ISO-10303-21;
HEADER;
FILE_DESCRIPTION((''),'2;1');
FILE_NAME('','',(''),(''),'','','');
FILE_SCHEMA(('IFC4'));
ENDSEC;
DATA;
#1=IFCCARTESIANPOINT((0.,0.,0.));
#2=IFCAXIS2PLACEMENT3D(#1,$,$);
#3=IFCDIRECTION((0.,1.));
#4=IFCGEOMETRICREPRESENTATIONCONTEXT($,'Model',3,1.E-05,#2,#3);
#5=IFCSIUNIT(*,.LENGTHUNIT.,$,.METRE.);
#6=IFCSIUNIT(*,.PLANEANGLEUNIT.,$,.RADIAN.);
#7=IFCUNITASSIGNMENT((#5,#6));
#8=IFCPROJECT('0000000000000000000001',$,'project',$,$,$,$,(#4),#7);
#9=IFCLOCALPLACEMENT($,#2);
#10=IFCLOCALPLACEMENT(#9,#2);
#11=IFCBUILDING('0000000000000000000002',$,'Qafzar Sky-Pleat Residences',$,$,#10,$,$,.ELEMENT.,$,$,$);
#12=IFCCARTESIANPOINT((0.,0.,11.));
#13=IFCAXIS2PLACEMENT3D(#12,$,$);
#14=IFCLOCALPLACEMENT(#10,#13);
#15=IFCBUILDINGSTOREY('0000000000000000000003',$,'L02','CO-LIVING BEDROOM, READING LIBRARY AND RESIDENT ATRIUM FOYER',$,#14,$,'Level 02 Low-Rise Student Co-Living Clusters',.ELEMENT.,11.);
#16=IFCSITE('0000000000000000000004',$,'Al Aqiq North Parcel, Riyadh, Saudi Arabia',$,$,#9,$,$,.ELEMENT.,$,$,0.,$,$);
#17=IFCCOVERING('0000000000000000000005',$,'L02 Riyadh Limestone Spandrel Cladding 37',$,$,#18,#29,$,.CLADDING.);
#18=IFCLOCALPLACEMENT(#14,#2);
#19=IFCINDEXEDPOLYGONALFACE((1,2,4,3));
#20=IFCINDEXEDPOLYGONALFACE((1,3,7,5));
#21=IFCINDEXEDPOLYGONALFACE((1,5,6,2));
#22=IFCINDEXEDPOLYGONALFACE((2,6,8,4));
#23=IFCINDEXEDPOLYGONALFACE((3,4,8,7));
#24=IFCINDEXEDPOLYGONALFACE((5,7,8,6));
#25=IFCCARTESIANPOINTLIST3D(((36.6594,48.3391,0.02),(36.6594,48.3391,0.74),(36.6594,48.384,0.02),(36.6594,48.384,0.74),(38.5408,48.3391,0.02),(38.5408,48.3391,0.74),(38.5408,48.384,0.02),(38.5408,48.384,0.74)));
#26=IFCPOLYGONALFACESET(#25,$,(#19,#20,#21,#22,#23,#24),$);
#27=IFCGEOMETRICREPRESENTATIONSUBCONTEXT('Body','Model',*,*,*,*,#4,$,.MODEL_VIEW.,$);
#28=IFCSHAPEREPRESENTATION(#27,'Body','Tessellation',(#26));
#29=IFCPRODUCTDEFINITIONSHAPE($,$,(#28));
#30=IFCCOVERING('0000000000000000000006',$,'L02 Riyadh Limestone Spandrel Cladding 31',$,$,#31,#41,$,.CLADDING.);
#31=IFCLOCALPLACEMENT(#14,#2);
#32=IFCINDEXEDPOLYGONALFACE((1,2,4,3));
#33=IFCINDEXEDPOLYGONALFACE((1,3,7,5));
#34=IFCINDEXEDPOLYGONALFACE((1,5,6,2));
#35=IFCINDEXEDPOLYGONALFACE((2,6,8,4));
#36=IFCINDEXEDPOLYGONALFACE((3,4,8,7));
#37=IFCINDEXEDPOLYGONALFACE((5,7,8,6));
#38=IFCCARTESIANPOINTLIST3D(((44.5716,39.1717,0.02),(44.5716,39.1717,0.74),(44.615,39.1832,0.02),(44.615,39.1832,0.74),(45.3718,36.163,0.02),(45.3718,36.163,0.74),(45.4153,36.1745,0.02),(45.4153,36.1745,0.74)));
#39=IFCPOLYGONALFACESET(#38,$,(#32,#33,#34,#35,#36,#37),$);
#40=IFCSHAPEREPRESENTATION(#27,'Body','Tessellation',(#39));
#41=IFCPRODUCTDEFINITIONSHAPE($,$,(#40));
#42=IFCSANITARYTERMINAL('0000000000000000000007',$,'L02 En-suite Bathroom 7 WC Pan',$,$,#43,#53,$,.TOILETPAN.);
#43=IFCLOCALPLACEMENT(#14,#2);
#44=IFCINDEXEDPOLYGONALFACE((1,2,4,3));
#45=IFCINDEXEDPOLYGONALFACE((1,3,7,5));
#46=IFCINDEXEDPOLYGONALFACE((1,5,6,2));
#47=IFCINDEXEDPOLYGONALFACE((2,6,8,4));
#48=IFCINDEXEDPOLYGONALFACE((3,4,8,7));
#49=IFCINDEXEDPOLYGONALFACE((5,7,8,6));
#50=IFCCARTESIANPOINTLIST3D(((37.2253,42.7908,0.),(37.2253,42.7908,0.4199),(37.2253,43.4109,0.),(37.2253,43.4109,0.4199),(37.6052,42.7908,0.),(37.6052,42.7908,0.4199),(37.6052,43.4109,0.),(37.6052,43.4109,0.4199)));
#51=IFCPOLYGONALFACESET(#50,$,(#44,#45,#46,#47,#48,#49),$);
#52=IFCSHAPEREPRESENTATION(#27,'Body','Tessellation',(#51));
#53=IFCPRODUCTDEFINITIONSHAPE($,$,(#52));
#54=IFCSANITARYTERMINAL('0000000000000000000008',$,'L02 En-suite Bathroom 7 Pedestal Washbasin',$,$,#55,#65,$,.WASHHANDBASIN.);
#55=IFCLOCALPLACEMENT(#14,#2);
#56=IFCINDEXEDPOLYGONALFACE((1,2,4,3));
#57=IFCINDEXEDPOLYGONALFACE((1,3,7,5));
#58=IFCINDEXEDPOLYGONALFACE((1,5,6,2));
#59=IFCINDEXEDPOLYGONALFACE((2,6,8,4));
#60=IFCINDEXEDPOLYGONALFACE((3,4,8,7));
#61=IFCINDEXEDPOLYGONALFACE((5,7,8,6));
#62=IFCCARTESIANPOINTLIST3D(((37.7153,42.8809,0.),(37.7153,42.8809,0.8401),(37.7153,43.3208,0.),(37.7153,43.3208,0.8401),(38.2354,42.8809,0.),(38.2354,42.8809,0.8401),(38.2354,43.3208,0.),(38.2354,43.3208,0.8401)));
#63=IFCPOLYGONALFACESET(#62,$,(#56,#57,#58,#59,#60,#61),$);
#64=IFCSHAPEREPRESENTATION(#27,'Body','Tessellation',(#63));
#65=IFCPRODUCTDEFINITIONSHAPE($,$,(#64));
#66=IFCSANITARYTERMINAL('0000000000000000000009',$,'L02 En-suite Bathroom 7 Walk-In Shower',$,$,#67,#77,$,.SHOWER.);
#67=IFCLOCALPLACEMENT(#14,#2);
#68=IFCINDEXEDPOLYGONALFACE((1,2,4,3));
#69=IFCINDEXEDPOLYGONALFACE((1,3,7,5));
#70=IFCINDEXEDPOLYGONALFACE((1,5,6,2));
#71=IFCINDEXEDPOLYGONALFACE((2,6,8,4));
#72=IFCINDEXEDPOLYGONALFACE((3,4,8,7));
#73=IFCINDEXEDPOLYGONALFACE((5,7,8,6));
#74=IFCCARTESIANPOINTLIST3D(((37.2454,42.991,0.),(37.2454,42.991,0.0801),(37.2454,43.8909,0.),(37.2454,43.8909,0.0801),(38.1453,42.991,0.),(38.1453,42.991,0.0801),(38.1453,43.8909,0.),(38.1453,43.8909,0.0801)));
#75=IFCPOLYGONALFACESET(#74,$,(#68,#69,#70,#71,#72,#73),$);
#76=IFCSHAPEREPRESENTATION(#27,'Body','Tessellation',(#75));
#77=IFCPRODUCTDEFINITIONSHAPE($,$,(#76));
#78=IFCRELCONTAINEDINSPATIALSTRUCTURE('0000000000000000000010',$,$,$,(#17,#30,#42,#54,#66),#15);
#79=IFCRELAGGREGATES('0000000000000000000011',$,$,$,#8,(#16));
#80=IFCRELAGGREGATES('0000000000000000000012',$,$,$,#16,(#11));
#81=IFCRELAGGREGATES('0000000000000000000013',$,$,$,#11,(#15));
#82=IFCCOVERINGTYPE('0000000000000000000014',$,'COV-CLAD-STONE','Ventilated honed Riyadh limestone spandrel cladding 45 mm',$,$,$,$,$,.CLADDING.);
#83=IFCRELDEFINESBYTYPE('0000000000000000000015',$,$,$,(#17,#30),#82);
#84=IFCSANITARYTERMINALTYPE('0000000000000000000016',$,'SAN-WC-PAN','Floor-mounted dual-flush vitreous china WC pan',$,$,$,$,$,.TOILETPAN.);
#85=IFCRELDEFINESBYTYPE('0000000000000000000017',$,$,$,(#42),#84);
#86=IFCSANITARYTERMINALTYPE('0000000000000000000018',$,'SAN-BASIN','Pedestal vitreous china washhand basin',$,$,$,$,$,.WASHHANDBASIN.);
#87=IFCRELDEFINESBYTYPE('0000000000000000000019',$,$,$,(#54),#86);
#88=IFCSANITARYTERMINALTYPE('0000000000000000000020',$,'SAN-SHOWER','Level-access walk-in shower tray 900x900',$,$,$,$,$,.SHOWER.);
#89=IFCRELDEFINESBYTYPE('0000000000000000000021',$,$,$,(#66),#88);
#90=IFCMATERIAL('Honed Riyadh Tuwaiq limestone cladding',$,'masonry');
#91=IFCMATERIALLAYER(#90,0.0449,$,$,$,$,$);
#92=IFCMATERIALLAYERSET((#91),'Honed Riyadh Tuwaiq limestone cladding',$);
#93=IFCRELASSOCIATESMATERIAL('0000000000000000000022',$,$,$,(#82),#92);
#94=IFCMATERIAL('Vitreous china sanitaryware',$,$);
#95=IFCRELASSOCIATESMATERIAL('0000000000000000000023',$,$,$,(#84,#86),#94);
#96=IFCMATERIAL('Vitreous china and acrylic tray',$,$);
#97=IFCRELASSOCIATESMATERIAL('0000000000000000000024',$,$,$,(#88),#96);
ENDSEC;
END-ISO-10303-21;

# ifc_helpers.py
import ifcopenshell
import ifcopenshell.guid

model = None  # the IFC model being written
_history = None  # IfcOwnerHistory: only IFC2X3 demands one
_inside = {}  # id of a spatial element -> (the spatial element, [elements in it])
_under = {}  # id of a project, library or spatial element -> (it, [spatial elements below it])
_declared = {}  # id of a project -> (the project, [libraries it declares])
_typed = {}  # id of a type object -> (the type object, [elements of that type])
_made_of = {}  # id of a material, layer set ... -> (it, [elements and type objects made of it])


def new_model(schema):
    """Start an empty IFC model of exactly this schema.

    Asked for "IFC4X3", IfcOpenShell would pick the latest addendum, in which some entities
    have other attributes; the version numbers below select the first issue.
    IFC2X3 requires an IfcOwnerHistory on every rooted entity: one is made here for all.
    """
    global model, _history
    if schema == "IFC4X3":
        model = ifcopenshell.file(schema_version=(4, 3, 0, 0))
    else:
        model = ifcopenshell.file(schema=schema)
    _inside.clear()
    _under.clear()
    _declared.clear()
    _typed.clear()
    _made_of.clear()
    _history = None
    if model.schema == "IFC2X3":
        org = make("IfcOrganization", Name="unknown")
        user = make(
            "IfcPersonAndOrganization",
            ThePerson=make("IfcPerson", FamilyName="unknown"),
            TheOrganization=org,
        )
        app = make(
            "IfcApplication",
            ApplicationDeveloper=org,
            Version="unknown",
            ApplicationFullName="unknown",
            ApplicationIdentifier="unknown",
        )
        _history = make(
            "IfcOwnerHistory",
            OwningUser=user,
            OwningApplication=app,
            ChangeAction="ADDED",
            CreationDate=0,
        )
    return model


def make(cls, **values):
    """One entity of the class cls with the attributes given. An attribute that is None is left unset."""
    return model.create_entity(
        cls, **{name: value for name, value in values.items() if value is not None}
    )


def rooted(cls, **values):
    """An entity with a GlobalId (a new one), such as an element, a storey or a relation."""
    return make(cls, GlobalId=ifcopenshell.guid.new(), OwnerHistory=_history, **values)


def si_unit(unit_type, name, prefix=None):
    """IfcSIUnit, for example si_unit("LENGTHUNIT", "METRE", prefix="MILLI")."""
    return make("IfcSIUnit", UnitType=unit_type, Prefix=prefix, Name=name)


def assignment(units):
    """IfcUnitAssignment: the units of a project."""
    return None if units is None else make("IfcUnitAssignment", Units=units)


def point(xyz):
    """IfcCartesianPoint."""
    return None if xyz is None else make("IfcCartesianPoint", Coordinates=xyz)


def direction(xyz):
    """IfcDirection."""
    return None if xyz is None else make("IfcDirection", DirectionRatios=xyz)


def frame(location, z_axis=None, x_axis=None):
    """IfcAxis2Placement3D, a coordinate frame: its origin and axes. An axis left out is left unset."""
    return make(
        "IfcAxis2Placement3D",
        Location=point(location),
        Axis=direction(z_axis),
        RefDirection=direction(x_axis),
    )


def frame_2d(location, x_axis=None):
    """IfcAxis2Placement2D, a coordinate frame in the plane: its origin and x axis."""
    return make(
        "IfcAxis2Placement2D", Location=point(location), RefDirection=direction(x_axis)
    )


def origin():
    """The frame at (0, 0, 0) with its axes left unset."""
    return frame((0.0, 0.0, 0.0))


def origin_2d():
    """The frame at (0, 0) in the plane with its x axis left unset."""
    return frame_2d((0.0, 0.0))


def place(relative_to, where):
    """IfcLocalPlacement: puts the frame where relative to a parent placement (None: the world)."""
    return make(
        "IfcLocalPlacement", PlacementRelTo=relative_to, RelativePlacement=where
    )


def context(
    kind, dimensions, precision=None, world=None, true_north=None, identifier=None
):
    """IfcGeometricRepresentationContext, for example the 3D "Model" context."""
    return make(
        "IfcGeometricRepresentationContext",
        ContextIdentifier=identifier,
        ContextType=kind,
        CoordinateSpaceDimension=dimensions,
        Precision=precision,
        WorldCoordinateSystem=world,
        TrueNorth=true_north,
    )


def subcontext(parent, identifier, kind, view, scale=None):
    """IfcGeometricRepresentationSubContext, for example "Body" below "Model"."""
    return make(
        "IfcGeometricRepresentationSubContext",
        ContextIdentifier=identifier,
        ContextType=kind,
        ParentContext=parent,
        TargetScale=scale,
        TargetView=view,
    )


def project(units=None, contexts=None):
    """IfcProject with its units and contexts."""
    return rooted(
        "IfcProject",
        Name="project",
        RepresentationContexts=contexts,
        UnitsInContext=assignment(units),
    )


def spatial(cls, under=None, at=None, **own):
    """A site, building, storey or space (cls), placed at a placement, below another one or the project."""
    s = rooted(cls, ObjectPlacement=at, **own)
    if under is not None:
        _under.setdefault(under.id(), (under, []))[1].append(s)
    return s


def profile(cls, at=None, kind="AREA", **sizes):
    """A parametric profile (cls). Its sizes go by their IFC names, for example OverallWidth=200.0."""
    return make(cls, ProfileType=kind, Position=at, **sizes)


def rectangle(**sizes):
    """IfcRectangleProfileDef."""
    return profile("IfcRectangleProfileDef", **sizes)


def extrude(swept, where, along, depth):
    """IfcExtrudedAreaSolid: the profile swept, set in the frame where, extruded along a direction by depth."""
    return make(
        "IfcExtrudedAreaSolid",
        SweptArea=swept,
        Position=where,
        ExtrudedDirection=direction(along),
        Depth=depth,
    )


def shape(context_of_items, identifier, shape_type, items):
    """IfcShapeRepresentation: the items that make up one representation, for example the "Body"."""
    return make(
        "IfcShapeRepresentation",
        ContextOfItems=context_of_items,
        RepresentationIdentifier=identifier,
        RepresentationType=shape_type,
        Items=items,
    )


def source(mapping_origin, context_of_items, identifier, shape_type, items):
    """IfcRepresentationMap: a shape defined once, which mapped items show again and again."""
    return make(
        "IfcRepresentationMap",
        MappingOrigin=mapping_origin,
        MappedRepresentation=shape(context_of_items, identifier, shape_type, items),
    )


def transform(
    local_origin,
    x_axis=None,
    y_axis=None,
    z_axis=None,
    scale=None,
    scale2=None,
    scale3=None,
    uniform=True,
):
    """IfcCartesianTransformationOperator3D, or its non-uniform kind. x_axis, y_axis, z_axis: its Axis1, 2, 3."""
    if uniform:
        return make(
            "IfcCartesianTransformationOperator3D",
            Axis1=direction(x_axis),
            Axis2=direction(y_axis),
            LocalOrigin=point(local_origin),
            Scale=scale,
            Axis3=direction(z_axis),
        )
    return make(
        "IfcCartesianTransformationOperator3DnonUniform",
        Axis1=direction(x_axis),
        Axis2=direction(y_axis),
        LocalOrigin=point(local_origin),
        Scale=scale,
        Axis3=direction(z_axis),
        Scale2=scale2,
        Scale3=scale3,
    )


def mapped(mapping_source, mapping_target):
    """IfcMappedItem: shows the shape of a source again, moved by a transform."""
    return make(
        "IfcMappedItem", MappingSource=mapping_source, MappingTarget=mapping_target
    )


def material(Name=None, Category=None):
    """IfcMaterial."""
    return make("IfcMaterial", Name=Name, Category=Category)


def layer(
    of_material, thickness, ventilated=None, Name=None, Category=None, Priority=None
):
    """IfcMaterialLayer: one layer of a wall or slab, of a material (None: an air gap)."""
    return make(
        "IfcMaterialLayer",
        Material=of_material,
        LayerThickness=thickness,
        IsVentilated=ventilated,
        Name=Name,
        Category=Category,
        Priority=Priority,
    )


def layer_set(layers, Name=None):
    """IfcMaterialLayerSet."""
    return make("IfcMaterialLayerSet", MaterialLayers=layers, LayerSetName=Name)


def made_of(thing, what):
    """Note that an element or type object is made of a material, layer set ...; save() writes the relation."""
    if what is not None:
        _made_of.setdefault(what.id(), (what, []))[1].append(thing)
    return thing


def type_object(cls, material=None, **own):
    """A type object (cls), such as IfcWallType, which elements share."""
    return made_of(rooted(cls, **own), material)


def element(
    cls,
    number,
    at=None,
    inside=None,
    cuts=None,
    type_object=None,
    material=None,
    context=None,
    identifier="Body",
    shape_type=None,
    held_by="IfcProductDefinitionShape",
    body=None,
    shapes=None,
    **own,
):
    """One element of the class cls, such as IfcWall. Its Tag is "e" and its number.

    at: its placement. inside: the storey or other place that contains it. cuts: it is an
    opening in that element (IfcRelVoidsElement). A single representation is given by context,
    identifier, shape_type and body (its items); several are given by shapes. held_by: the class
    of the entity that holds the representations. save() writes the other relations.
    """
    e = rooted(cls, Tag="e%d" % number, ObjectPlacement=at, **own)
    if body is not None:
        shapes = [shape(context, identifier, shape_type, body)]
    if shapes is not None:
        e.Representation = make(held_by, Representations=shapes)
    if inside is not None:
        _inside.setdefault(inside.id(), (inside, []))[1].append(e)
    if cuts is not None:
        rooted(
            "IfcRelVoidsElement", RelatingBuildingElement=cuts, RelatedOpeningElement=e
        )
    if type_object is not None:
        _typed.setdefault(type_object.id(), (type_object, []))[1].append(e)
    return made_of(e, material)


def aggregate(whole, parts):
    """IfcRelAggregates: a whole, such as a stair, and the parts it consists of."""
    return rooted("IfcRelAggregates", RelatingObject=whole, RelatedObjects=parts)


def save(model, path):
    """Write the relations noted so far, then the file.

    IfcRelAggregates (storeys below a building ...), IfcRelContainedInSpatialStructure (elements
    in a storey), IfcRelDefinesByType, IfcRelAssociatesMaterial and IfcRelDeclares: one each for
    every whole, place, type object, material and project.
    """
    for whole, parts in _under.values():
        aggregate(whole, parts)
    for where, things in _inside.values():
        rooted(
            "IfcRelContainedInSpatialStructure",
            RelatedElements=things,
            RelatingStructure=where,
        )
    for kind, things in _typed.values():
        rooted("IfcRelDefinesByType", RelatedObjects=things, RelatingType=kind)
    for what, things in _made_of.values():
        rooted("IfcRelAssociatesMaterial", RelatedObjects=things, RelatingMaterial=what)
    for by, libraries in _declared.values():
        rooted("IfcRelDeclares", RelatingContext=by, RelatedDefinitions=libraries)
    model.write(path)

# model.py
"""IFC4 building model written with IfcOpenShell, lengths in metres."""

from ifc_helpers import new_model, si_unit, direction, frame, origin, origin_2d, place, context, subcontext, project, spatial, rectangle, extrude, source, transform, mapped, material, layer, layer_set, type_object, element, save


model = new_model("IFC4")

# Units and contexts
model_context = context("Model", 3, precision=1e-05, world=origin(), true_north=direction((0.0, 1.0)))
body_context = subcontext(model_context, "Body", "Model", "MODEL_VIEW")
ifc_project = project(units=[si_unit("LENGTHUNIT", "METRE"), si_unit("PLANEANGLEUNIT", "RADIAN")], contexts=[model_context])

# Site, building, storey
site_placement = place(None, origin())
site = spatial("IfcSite", under=ifc_project, at=site_placement, Name="Al Aqiq North Parcel, Riyadh, Saudi Arabia", CompositionType="ELEMENT", RefElevation=0.0)
building_placement = place(site_placement, origin())
building = spatial("IfcBuilding", under=site, at=building_placement, Name="Qafzar Sky-Pleat Residences", CompositionType="ELEMENT")
storey_placement = place(building_placement, frame((0.0, 0.0, 11.0)))
storey = spatial("IfcBuildingStorey", under=building, at=storey_placement, Name="L02", Description="CO-LIVING BEDROOM, READING LIBRARY AND RESIDENT ATRIUM FOYER", LongName="Level 02 Low-Rise Student Co-Living Clusters", CompositionType="ELEMENT", Elevation=11.0)

# Coverings
ifc_material_1 = material(Name="Honed Riyadh Tuwaiq limestone cladding", Category="masonry")
ifc_layer_1 = layer(ifc_material_1, 0.0449)
ifc_layer_set_1 = layer_set([ifc_layer_1], Name="Honed Riyadh Tuwaiq limestone cladding")
covering_type = type_object("IfcCoveringType", Name="COV-CLAD-STONE", Description="Ventilated honed Riyadh limestone spandrel cladding 45 mm", PredefinedType="CLADDING", material=ifc_layer_set_1)
shared_shape_1 = source(origin(), body_context, "Body", "SweptSolid", [
    extrude(rectangle(XDim=1.8813, YDim=0.0449, at=origin_2d()), origin(), (0.0, 0.0, 1.0), 0.72),
])
for number, where, z_axis, x_axis, name in (
    (1, (37.6001, 48.3616, 0.02), (0.0, 0.0, 1.0), (-1.0, 0.0, 0.0), "L02 Riyadh Limestone Spandrel Cladding 37"),
):
    element("IfcCovering", number, at=place(storey_placement, frame(where, z_axis=z_axis, x_axis=x_axis)), inside=storey, type_object=covering_type, Name=name, PredefinedType="CLADDING", context=body_context, shape_type="MappedRepresentation", body=[
        mapped(shared_shape_1, transform((0.0, 0.0, 0.0), x_axis=(1.0, 0.0, 0.0), y_axis=(0.0, 1.0, 0.0), z_axis=(0.0, 0.0, 1.0), scale=1.0)),
    ])
shared_shape_2 = source(origin(), body_context, "Body", "SweptSolid", [
    extrude(rectangle(XDim=3.1133, YDim=0.0449, at=origin_2d()), origin(), (0.0, 0.0, 1.0), 0.72),
])
covering_placement = place(storey_placement, frame((44.9934, 37.6731, 0.02), z_axis=(0.0, 0.0, 1.0), x_axis=(-0.257051, 0.966398, 0.0)))
element("IfcCovering", 2, at=covering_placement, inside=storey, type_object=covering_type, Name="L02 Riyadh Limestone Spandrel Cladding 31", PredefinedType="CLADDING", context=body_context, shape_type="MappedRepresentation", body=[
    mapped(shared_shape_2, transform((0.0, 0.0, 0.0), x_axis=(1.0, 0.0, 0.0), y_axis=(0.0, 1.0, 0.0), z_axis=(0.0, 0.0, 1.0), scale=1.0)),
])

# Sanitary terminals
ifc_material_2 = material(Name="Vitreous china sanitaryware")
sanitary_terminal_type_1 = type_object("IfcSanitaryTerminalType", Name="SAN-WC-PAN", Description="Floor-mounted dual-flush vitreous china WC pan", PredefinedType="TOILETPAN", material=ifc_material_2)
shared_shape_3 = source(origin(), body_context, "Body", "SweptSolid", [
    extrude(rectangle(XDim=0.3799, YDim=0.6201, at=origin_2d()), origin(), (0.0, 0.0, 1.0), 0.4199),
])
sanitary_terminal_1_placement = place(storey_placement, frame((37.4153, 43.1008, 0.0), z_axis=(0.0, 0.0, 1.0), x_axis=(1.0, 0.0, 0.0)))
element("IfcSanitaryTerminal", 3, at=sanitary_terminal_1_placement, inside=storey, type_object=sanitary_terminal_type_1, Name="L02 En-suite Bathroom 7 WC Pan", PredefinedType="TOILETPAN", context=body_context, shape_type="MappedRepresentation", body=[
    mapped(shared_shape_3, transform((0.0, 0.0, 0.0), x_axis=(1.0, 0.0, 0.0), y_axis=(0.0, 1.0, 0.0), z_axis=(0.0, 0.0, 1.0), scale=1.0)),
])
sanitary_terminal_type_2 = type_object("IfcSanitaryTerminalType", Name="SAN-BASIN", Description="Pedestal vitreous china washhand basin", PredefinedType="WASHHANDBASIN", material=ifc_material_2)
shared_shape_4 = source(origin(), body_context, "Body", "SweptSolid", [
    extrude(rectangle(XDim=0.52, YDim=0.4399, at=origin_2d()), origin(), (0.0, 0.0, 1.0), 0.8401),
])
sanitary_terminal_2_placement = place(storey_placement, frame((37.9753, 43.1008, 0.0), z_axis=(0.0, 0.0, 1.0), x_axis=(1.0, 0.0, 0.0)))
element("IfcSanitaryTerminal", 4, at=sanitary_terminal_2_placement, inside=storey, type_object=sanitary_terminal_type_2, Name="L02 En-suite Bathroom 7 Pedestal Washbasin", PredefinedType="WASHHANDBASIN", context=body_context, shape_type="MappedRepresentation", body=[
    mapped(shared_shape_4, transform((0.0, 0.0, 0.0), x_axis=(1.0, 0.0, 0.0), y_axis=(0.0, 1.0, 0.0), z_axis=(0.0, 0.0, 1.0), scale=1.0)),
])
ifc_material_3 = material(Name="Vitreous china and acrylic tray")
sanitary_terminal_type_3 = type_object("IfcSanitaryTerminalType", Name="SAN-SHOWER", Description="Level-access walk-in shower tray 900x900", PredefinedType="SHOWER", material=ifc_material_3)
shared_shape_5 = source(origin(), body_context, "Body", "SweptSolid", [
    extrude(rectangle(XDim=0.8999, YDim=0.8999, at=origin_2d()), origin(), (0.0, 0.0, 1.0), 0.0801),
])
sanitary_terminal_3_placement = place(storey_placement, frame((37.6953, 43.4409, 0.0), z_axis=(0.0, 0.0, 1.0), x_axis=(1.0, 0.0, 0.0)))
element("IfcSanitaryTerminal", 5, at=sanitary_terminal_3_placement, inside=storey, type_object=sanitary_terminal_type_3, Name="L02 En-suite Bathroom 7 Walk-In Shower", PredefinedType="SHOWER", context=body_context, shape_type="MappedRepresentation", body=[
    mapped(shared_shape_5, transform((0.0, 0.0, 0.0), x_axis=(1.0, 0.0, 0.0), y_axis=(0.0, 1.0, 0.0), z_axis=(0.0, 0.0, 1.0), scale=1.0)),
])

save(model, "model.ifc")
